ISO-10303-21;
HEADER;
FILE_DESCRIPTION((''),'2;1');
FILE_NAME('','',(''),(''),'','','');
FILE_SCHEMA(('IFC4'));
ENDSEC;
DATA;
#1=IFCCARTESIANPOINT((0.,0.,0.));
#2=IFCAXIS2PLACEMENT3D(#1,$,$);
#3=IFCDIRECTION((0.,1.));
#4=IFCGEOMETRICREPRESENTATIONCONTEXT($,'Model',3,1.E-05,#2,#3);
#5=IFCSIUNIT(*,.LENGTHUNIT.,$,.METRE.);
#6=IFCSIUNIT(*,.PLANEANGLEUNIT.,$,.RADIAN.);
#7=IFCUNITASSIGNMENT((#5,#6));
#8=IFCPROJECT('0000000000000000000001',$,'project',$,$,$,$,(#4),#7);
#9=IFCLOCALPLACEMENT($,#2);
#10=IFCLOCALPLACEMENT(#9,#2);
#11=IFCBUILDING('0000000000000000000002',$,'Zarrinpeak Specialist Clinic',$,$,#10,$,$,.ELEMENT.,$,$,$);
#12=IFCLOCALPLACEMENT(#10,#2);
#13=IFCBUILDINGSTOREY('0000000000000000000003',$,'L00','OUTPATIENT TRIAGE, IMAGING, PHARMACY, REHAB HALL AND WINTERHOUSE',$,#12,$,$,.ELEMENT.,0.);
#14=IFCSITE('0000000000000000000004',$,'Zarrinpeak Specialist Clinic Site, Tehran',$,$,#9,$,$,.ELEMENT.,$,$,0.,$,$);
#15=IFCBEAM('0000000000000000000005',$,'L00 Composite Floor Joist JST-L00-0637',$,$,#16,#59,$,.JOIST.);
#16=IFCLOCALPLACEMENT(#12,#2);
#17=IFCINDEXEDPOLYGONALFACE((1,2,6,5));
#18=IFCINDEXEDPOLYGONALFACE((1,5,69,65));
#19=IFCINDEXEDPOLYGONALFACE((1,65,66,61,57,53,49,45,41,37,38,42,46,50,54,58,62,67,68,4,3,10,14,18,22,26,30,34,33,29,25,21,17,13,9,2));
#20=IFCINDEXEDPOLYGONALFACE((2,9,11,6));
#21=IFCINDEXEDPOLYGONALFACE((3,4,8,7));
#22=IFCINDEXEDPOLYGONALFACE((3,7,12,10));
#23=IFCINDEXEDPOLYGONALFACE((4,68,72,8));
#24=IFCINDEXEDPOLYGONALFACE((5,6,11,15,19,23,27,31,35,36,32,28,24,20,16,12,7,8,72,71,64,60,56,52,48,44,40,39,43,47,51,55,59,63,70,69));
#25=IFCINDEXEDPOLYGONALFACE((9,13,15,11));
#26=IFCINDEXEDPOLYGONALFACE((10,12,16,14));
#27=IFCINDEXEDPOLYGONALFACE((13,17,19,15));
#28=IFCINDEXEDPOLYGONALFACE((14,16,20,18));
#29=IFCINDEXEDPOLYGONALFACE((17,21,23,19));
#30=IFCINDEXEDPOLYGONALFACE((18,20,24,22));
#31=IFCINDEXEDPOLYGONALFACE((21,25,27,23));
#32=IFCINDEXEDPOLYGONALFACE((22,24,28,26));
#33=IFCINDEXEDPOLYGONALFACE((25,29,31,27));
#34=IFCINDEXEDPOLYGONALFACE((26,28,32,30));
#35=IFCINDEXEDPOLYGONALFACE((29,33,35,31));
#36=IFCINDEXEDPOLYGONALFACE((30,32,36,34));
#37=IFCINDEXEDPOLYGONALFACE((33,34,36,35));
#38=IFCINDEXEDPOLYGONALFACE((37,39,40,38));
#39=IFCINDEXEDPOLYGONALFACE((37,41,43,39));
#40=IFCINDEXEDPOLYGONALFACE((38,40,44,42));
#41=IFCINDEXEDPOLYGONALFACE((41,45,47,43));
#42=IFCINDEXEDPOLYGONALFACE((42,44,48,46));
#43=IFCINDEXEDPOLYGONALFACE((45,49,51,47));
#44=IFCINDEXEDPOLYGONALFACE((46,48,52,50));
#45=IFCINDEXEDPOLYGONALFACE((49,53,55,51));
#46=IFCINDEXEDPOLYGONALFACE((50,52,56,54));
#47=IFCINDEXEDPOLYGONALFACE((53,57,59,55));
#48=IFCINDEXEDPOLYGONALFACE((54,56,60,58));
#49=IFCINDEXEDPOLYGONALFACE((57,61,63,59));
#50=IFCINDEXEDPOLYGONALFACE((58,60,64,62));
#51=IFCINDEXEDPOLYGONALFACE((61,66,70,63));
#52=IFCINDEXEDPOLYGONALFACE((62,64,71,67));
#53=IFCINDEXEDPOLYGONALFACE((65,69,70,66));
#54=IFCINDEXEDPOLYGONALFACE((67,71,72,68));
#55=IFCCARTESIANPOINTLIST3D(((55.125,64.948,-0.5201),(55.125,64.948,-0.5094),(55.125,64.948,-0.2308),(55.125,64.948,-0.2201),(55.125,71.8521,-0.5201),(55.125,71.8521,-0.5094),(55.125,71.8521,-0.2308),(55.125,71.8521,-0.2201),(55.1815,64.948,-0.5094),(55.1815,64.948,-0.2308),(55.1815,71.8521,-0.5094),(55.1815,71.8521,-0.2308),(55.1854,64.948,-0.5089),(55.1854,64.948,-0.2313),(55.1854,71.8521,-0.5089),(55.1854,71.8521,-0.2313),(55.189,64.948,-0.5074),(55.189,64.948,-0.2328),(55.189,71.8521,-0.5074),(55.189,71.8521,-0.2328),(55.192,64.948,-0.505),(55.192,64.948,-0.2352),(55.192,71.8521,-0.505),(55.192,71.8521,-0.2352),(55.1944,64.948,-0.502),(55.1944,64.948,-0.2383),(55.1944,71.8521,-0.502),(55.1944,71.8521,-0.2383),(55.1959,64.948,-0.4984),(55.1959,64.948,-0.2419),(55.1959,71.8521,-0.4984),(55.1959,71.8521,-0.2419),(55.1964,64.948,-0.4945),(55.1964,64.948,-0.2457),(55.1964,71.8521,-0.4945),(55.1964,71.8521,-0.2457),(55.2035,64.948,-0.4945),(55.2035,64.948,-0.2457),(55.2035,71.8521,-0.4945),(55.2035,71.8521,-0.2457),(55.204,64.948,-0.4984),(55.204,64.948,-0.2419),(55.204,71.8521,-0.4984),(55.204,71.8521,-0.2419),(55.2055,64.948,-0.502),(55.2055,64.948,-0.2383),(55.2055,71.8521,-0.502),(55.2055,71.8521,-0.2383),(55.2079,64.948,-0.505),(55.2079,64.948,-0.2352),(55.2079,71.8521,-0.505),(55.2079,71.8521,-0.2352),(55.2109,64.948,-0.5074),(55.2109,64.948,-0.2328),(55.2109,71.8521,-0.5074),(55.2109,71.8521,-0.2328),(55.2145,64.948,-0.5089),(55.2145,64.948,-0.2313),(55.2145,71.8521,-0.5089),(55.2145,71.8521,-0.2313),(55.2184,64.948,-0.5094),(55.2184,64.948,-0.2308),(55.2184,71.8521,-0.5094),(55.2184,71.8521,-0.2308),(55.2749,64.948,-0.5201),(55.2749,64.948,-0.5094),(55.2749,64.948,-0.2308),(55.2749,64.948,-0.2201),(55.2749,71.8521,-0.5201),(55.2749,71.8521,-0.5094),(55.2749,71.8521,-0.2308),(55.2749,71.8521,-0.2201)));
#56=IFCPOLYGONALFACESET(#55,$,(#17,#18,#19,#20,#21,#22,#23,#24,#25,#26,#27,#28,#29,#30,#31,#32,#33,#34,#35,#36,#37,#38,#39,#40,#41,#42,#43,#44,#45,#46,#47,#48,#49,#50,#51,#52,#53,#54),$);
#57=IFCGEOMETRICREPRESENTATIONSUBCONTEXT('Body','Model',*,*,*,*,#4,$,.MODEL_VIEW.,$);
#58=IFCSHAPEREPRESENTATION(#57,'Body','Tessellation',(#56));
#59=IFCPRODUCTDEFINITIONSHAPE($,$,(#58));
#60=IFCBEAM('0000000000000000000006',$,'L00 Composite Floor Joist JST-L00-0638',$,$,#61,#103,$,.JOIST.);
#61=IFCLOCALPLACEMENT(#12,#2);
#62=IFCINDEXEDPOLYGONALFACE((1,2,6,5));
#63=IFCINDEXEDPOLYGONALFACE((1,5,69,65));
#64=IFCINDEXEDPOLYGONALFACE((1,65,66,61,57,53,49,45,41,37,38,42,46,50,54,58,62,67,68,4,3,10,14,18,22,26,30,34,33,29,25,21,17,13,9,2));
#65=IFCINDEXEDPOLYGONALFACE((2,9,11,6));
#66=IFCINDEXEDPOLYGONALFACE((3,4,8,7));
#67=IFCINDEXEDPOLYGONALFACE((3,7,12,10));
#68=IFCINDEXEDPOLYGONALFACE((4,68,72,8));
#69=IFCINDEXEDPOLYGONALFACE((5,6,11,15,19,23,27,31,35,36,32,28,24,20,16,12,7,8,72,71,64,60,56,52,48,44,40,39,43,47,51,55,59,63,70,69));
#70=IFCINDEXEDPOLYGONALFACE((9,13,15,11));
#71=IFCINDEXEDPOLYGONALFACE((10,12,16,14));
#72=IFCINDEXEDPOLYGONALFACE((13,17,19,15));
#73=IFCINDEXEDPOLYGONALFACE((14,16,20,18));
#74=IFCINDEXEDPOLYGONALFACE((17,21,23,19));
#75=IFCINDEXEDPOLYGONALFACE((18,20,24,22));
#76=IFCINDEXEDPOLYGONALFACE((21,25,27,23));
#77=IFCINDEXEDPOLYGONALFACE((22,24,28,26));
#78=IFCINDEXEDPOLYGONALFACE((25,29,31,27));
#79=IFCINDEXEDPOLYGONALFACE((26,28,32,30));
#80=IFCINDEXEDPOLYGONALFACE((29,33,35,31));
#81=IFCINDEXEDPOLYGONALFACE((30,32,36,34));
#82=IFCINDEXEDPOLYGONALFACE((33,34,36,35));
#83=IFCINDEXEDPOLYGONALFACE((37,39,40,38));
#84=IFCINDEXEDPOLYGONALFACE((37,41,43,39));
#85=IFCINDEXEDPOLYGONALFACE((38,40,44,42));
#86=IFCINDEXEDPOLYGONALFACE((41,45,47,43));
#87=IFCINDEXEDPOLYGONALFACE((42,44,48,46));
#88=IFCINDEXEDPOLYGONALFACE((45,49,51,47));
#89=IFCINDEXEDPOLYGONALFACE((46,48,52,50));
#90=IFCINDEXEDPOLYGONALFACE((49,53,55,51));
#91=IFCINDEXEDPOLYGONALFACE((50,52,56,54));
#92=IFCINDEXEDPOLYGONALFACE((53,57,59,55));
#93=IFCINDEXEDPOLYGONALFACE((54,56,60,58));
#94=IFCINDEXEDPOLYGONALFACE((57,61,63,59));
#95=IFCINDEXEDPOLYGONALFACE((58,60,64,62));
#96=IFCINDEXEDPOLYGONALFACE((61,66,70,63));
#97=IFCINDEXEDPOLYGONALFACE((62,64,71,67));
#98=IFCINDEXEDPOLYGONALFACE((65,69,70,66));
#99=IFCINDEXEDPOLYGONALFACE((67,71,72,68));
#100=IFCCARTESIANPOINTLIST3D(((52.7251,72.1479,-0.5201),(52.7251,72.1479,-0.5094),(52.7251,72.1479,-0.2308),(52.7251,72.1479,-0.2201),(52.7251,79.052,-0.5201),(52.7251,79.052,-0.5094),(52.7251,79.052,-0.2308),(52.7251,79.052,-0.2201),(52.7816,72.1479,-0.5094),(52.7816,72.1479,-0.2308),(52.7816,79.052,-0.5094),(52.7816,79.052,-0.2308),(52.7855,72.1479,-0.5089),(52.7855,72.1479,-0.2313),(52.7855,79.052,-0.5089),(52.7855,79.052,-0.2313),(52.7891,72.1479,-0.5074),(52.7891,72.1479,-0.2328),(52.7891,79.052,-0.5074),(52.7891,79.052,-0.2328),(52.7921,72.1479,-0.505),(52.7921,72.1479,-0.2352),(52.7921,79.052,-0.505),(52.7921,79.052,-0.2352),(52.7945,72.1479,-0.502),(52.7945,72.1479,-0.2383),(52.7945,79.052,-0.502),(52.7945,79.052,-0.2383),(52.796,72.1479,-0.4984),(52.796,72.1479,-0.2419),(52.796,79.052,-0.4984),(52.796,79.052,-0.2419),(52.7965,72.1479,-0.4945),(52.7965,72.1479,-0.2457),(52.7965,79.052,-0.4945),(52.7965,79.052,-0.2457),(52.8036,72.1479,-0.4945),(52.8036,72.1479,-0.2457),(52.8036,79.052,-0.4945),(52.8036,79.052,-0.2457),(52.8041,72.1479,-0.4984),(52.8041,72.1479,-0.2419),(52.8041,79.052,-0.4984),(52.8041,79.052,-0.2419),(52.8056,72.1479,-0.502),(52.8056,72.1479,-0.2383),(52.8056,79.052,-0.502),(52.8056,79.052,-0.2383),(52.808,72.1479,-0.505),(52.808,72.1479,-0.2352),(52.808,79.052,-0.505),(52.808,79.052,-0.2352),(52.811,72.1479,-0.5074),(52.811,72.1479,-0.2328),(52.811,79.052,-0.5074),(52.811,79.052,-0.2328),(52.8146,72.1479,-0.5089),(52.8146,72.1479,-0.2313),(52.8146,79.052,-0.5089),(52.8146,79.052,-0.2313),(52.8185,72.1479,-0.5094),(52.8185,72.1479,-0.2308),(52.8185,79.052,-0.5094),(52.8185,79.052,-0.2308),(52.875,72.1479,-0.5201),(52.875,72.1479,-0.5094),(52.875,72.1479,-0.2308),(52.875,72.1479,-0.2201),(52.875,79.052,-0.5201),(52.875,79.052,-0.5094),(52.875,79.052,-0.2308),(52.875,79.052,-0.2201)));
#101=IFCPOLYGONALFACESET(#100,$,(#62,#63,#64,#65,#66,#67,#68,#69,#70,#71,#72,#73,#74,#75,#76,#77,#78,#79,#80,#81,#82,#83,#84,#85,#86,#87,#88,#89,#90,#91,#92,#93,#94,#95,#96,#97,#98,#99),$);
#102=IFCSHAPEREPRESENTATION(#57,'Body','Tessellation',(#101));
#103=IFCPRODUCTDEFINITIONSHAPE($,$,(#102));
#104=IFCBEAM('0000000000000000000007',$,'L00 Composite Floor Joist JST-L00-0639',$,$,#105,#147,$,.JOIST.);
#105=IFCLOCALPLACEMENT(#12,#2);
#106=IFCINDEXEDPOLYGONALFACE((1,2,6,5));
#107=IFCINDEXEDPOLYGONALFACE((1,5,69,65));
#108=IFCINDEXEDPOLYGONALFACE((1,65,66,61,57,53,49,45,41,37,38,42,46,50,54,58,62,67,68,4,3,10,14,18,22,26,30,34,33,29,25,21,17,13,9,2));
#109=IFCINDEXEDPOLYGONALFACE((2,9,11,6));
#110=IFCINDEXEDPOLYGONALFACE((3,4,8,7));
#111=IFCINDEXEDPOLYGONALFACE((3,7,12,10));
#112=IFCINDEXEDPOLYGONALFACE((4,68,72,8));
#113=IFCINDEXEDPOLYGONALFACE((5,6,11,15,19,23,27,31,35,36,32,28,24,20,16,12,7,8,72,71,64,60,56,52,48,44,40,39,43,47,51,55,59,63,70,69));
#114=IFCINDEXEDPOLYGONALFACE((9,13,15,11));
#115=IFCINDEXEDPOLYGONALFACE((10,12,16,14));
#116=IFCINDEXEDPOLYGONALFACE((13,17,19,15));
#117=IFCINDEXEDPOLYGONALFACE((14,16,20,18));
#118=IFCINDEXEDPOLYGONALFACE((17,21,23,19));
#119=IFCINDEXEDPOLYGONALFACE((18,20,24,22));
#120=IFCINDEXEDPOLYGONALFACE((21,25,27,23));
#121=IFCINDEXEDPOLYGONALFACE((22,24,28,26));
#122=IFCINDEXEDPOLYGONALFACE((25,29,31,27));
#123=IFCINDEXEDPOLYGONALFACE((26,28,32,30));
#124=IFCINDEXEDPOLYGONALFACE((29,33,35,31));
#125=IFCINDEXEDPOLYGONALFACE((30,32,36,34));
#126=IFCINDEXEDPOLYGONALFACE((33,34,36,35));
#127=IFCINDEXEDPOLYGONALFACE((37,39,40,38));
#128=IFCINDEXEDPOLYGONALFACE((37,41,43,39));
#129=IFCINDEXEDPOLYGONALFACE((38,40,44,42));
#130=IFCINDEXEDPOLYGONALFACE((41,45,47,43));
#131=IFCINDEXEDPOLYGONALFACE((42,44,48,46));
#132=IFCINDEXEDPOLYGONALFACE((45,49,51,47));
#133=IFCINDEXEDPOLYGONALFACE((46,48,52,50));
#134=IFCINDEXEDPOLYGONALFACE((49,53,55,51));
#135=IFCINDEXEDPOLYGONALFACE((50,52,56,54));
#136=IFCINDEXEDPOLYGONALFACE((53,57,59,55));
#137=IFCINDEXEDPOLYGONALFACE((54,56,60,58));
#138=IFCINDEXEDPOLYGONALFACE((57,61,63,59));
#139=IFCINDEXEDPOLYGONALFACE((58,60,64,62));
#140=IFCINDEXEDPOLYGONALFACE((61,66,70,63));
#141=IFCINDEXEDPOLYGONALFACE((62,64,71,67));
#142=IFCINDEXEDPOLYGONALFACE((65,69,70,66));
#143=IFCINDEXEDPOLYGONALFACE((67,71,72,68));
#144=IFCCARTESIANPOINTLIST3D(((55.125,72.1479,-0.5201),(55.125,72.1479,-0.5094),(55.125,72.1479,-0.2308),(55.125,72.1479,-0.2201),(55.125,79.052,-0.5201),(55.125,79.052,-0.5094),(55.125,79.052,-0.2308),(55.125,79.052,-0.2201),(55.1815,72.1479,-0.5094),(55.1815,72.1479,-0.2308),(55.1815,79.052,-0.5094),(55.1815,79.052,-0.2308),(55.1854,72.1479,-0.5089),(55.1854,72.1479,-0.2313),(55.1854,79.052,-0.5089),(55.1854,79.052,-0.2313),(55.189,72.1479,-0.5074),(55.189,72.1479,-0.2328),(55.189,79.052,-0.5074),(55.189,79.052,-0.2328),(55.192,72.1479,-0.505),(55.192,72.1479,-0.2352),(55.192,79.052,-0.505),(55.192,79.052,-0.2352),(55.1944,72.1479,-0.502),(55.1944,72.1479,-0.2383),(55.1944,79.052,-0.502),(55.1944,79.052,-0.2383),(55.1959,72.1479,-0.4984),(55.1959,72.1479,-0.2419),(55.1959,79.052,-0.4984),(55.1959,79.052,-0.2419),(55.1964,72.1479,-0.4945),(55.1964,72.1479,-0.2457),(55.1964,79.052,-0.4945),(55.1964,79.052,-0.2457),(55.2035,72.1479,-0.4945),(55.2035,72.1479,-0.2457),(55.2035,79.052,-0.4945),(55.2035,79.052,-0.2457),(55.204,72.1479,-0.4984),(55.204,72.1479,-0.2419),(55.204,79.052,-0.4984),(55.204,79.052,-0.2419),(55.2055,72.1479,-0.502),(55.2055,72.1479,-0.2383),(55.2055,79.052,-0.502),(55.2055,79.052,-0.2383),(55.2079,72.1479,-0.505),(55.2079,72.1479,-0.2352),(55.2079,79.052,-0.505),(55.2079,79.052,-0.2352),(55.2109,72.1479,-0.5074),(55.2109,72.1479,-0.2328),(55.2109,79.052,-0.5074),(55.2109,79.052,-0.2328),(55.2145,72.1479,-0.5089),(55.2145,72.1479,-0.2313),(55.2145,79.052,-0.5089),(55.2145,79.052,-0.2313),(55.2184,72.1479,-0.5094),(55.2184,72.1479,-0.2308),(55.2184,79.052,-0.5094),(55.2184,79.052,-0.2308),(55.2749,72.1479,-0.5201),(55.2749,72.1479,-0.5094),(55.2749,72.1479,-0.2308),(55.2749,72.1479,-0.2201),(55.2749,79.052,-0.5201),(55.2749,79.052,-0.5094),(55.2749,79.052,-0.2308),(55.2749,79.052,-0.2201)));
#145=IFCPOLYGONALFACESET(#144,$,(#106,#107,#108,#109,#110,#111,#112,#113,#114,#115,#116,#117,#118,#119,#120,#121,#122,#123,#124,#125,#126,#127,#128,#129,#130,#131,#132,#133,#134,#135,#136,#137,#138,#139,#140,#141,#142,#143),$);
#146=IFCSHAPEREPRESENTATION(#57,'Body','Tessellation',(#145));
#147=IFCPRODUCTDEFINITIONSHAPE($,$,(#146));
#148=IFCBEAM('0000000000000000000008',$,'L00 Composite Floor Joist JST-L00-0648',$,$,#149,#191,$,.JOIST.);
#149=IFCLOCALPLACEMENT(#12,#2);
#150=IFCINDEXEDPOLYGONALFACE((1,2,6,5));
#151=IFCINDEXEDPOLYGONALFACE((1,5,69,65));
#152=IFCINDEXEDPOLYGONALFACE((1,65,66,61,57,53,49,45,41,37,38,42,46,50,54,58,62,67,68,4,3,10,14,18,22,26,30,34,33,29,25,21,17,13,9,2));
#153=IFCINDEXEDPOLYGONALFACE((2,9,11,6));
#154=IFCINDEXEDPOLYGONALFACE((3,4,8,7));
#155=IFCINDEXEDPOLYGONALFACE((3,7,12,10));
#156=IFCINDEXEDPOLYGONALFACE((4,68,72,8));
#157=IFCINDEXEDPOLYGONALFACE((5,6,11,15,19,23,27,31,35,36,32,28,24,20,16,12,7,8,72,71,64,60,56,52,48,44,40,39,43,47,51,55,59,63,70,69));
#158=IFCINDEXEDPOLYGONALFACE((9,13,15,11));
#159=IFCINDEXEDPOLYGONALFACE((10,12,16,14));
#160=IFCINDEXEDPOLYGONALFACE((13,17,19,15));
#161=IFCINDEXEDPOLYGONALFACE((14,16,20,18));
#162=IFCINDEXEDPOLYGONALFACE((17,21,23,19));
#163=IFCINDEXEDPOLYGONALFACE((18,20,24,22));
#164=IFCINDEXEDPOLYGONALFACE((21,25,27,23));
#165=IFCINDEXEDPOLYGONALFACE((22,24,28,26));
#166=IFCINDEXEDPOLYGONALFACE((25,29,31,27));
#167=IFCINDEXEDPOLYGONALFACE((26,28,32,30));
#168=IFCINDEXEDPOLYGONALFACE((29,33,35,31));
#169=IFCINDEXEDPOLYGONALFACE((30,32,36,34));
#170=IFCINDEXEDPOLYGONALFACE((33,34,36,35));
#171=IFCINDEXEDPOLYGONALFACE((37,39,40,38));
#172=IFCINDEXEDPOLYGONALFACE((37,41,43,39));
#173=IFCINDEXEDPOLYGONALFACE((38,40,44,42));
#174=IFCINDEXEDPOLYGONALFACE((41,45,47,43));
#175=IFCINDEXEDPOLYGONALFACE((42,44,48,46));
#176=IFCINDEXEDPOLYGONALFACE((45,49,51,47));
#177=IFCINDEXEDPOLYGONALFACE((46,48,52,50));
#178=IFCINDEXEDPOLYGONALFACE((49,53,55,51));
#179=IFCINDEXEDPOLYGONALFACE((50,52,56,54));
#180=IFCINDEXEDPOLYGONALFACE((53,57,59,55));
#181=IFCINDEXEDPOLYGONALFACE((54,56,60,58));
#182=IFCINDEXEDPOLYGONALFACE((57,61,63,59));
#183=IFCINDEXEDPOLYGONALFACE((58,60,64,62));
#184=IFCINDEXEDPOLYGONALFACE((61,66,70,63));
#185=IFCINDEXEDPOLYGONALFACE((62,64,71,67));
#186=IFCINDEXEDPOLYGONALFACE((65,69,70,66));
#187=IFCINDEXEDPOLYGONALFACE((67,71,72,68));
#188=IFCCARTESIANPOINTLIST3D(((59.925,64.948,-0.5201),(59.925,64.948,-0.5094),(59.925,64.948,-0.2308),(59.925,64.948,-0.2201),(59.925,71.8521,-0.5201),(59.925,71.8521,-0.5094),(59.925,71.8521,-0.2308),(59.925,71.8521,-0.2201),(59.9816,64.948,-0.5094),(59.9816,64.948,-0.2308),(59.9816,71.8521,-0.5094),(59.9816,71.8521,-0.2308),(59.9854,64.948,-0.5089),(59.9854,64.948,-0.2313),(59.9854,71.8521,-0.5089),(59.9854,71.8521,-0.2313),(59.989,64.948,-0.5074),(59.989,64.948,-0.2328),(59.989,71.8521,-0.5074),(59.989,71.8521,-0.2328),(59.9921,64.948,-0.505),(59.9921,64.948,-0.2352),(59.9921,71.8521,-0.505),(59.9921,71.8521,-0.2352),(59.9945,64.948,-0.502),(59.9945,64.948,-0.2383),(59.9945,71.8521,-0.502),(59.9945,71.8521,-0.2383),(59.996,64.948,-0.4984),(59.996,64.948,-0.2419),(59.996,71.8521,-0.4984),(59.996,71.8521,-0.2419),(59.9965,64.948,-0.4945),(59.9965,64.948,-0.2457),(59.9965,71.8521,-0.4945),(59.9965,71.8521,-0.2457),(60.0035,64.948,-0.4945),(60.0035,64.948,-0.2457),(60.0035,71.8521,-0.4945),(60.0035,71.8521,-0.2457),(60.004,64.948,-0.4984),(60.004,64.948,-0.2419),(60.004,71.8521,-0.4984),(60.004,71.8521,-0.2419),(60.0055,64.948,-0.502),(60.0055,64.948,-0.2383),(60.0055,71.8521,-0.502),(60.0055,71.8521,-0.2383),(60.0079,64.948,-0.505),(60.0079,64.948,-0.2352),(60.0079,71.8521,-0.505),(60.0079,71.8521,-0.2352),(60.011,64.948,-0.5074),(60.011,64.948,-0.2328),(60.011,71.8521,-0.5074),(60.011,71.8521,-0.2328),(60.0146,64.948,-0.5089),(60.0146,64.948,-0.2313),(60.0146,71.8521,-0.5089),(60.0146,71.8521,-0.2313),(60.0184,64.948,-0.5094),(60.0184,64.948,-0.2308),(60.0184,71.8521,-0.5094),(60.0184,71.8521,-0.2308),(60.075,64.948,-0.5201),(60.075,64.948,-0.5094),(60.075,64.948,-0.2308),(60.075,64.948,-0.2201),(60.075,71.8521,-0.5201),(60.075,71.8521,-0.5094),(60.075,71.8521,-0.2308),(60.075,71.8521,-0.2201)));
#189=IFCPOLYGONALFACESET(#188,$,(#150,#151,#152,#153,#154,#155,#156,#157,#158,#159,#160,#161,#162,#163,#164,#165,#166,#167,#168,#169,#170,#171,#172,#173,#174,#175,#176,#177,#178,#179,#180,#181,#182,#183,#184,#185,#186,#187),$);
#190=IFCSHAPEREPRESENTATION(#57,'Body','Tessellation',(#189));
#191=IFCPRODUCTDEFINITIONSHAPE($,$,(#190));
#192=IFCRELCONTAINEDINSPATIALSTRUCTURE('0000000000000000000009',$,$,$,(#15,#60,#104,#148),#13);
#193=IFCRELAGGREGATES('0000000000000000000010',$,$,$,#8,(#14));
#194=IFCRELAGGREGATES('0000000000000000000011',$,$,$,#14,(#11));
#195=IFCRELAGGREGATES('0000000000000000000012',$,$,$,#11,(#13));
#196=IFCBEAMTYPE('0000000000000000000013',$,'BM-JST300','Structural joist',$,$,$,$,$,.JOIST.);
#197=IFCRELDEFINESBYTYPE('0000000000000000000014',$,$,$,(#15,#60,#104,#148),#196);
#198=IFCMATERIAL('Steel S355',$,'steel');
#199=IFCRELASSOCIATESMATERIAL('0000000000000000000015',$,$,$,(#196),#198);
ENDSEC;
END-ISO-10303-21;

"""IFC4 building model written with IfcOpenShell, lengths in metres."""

from ifc_helpers import new_model, si_unit, direction, frame, origin, origin_2d, place, context, subcontext, project, spatial, i_section, extrude, material, material_profile, profile_set, type_object, element, save


model = new_model("IFC4")

# Units and contexts
model_context = context("Model", 3, precision=1e-05, world=origin(), true_north=direction((0.0, 1.0)))
body_context = subcontext(model_context, "Body", "Model", "MODEL_VIEW")
ifc_project = project(units=[si_unit("LENGTHUNIT", "METRE"), si_unit("PLANEANGLEUNIT", "RADIAN")], contexts=[model_context])

# Site, building, storey
site_placement = place(None, origin())
site = spatial("IfcSite", under=ifc_project, at=site_placement, Name="Zarrinpeak Specialist Clinic Site, Tehran", CompositionType="ELEMENT", RefElevation=0.0)
building_placement = place(site_placement, origin())
building = spatial("IfcBuilding", under=site, at=building_placement, Name="Zarrinpeak Specialist Clinic", CompositionType="ELEMENT")
storey_placement = place(building_placement, origin())
storey = spatial("IfcBuildingStorey", under=building, at=storey_placement, Name="L00", Description="OUTPATIENT TRIAGE, IMAGING, PHARMACY, REHAB HALL AND WINTERHOUSE", CompositionType="ELEMENT", Elevation=0.0)

# Beams
ifc_material = material(Name="Steel S355", Category="steel")
ifc_material_profile_1 = material_profile(ifc_material, i_section(OverallWidth=0.1499, OverallDepth=0.3, WebThickness=0.0071, FlangeThickness=0.0107, FilletRadius=0.0149, at=origin_2d()), Name="IPE 300")
ifc_profile_set_1 = profile_set([ifc_material_profile_1], Name="Steel S355")
beam_type_1 = type_object("IfcBeamType", Name="BM-JST300", Description="Structural joist", PredefinedType="JOIST", material=ifc_profile_set_1)
for number, where, z_axis, x_axis, name in (
    (1, (55.2, 64.948, -0.3701), (0.0, 1.0, 0.0), (-1.0, 0.0, 0.0), "L00 Composite Floor Joist JST-L00-0637"),
    (2, (52.8, 72.1479, -0.3701), (0.0, 1.0, 0.0), (-1.0, 0.0, 0.0), "L00 Composite Floor Joist JST-L00-0638"),
    (3, (55.2, 72.1479, -0.3701), (0.0, 1.0, 0.0), (-1.0, 0.0, 0.0), "L00 Composite Floor Joist JST-L00-0639"),
    (4, (60.0, 64.948, -0.3701), (0.0, 1.0, 0.0), (-1.0, 0.0, 0.0), "L00 Composite Floor Joist JST-L00-0648"),
):
    element("IfcBeam", number, at=place(storey_placement, frame(where, z_axis=z_axis, x_axis=x_axis)), inside=storey, type_object=beam_type_1, Name=name, PredefinedType="JOIST", context=body_context, shape_type="SweptSolid", body=[
        extrude(i_section(OverallWidth=0.1499, OverallDepth=0.3, WebThickness=0.0071, FlangeThickness=0.0107, FilletRadius=0.0149, at=origin_2d()), origin(), (0.0, 0.0, 1.0), 6.9041),
    ])

save(model, "model.ifc")
